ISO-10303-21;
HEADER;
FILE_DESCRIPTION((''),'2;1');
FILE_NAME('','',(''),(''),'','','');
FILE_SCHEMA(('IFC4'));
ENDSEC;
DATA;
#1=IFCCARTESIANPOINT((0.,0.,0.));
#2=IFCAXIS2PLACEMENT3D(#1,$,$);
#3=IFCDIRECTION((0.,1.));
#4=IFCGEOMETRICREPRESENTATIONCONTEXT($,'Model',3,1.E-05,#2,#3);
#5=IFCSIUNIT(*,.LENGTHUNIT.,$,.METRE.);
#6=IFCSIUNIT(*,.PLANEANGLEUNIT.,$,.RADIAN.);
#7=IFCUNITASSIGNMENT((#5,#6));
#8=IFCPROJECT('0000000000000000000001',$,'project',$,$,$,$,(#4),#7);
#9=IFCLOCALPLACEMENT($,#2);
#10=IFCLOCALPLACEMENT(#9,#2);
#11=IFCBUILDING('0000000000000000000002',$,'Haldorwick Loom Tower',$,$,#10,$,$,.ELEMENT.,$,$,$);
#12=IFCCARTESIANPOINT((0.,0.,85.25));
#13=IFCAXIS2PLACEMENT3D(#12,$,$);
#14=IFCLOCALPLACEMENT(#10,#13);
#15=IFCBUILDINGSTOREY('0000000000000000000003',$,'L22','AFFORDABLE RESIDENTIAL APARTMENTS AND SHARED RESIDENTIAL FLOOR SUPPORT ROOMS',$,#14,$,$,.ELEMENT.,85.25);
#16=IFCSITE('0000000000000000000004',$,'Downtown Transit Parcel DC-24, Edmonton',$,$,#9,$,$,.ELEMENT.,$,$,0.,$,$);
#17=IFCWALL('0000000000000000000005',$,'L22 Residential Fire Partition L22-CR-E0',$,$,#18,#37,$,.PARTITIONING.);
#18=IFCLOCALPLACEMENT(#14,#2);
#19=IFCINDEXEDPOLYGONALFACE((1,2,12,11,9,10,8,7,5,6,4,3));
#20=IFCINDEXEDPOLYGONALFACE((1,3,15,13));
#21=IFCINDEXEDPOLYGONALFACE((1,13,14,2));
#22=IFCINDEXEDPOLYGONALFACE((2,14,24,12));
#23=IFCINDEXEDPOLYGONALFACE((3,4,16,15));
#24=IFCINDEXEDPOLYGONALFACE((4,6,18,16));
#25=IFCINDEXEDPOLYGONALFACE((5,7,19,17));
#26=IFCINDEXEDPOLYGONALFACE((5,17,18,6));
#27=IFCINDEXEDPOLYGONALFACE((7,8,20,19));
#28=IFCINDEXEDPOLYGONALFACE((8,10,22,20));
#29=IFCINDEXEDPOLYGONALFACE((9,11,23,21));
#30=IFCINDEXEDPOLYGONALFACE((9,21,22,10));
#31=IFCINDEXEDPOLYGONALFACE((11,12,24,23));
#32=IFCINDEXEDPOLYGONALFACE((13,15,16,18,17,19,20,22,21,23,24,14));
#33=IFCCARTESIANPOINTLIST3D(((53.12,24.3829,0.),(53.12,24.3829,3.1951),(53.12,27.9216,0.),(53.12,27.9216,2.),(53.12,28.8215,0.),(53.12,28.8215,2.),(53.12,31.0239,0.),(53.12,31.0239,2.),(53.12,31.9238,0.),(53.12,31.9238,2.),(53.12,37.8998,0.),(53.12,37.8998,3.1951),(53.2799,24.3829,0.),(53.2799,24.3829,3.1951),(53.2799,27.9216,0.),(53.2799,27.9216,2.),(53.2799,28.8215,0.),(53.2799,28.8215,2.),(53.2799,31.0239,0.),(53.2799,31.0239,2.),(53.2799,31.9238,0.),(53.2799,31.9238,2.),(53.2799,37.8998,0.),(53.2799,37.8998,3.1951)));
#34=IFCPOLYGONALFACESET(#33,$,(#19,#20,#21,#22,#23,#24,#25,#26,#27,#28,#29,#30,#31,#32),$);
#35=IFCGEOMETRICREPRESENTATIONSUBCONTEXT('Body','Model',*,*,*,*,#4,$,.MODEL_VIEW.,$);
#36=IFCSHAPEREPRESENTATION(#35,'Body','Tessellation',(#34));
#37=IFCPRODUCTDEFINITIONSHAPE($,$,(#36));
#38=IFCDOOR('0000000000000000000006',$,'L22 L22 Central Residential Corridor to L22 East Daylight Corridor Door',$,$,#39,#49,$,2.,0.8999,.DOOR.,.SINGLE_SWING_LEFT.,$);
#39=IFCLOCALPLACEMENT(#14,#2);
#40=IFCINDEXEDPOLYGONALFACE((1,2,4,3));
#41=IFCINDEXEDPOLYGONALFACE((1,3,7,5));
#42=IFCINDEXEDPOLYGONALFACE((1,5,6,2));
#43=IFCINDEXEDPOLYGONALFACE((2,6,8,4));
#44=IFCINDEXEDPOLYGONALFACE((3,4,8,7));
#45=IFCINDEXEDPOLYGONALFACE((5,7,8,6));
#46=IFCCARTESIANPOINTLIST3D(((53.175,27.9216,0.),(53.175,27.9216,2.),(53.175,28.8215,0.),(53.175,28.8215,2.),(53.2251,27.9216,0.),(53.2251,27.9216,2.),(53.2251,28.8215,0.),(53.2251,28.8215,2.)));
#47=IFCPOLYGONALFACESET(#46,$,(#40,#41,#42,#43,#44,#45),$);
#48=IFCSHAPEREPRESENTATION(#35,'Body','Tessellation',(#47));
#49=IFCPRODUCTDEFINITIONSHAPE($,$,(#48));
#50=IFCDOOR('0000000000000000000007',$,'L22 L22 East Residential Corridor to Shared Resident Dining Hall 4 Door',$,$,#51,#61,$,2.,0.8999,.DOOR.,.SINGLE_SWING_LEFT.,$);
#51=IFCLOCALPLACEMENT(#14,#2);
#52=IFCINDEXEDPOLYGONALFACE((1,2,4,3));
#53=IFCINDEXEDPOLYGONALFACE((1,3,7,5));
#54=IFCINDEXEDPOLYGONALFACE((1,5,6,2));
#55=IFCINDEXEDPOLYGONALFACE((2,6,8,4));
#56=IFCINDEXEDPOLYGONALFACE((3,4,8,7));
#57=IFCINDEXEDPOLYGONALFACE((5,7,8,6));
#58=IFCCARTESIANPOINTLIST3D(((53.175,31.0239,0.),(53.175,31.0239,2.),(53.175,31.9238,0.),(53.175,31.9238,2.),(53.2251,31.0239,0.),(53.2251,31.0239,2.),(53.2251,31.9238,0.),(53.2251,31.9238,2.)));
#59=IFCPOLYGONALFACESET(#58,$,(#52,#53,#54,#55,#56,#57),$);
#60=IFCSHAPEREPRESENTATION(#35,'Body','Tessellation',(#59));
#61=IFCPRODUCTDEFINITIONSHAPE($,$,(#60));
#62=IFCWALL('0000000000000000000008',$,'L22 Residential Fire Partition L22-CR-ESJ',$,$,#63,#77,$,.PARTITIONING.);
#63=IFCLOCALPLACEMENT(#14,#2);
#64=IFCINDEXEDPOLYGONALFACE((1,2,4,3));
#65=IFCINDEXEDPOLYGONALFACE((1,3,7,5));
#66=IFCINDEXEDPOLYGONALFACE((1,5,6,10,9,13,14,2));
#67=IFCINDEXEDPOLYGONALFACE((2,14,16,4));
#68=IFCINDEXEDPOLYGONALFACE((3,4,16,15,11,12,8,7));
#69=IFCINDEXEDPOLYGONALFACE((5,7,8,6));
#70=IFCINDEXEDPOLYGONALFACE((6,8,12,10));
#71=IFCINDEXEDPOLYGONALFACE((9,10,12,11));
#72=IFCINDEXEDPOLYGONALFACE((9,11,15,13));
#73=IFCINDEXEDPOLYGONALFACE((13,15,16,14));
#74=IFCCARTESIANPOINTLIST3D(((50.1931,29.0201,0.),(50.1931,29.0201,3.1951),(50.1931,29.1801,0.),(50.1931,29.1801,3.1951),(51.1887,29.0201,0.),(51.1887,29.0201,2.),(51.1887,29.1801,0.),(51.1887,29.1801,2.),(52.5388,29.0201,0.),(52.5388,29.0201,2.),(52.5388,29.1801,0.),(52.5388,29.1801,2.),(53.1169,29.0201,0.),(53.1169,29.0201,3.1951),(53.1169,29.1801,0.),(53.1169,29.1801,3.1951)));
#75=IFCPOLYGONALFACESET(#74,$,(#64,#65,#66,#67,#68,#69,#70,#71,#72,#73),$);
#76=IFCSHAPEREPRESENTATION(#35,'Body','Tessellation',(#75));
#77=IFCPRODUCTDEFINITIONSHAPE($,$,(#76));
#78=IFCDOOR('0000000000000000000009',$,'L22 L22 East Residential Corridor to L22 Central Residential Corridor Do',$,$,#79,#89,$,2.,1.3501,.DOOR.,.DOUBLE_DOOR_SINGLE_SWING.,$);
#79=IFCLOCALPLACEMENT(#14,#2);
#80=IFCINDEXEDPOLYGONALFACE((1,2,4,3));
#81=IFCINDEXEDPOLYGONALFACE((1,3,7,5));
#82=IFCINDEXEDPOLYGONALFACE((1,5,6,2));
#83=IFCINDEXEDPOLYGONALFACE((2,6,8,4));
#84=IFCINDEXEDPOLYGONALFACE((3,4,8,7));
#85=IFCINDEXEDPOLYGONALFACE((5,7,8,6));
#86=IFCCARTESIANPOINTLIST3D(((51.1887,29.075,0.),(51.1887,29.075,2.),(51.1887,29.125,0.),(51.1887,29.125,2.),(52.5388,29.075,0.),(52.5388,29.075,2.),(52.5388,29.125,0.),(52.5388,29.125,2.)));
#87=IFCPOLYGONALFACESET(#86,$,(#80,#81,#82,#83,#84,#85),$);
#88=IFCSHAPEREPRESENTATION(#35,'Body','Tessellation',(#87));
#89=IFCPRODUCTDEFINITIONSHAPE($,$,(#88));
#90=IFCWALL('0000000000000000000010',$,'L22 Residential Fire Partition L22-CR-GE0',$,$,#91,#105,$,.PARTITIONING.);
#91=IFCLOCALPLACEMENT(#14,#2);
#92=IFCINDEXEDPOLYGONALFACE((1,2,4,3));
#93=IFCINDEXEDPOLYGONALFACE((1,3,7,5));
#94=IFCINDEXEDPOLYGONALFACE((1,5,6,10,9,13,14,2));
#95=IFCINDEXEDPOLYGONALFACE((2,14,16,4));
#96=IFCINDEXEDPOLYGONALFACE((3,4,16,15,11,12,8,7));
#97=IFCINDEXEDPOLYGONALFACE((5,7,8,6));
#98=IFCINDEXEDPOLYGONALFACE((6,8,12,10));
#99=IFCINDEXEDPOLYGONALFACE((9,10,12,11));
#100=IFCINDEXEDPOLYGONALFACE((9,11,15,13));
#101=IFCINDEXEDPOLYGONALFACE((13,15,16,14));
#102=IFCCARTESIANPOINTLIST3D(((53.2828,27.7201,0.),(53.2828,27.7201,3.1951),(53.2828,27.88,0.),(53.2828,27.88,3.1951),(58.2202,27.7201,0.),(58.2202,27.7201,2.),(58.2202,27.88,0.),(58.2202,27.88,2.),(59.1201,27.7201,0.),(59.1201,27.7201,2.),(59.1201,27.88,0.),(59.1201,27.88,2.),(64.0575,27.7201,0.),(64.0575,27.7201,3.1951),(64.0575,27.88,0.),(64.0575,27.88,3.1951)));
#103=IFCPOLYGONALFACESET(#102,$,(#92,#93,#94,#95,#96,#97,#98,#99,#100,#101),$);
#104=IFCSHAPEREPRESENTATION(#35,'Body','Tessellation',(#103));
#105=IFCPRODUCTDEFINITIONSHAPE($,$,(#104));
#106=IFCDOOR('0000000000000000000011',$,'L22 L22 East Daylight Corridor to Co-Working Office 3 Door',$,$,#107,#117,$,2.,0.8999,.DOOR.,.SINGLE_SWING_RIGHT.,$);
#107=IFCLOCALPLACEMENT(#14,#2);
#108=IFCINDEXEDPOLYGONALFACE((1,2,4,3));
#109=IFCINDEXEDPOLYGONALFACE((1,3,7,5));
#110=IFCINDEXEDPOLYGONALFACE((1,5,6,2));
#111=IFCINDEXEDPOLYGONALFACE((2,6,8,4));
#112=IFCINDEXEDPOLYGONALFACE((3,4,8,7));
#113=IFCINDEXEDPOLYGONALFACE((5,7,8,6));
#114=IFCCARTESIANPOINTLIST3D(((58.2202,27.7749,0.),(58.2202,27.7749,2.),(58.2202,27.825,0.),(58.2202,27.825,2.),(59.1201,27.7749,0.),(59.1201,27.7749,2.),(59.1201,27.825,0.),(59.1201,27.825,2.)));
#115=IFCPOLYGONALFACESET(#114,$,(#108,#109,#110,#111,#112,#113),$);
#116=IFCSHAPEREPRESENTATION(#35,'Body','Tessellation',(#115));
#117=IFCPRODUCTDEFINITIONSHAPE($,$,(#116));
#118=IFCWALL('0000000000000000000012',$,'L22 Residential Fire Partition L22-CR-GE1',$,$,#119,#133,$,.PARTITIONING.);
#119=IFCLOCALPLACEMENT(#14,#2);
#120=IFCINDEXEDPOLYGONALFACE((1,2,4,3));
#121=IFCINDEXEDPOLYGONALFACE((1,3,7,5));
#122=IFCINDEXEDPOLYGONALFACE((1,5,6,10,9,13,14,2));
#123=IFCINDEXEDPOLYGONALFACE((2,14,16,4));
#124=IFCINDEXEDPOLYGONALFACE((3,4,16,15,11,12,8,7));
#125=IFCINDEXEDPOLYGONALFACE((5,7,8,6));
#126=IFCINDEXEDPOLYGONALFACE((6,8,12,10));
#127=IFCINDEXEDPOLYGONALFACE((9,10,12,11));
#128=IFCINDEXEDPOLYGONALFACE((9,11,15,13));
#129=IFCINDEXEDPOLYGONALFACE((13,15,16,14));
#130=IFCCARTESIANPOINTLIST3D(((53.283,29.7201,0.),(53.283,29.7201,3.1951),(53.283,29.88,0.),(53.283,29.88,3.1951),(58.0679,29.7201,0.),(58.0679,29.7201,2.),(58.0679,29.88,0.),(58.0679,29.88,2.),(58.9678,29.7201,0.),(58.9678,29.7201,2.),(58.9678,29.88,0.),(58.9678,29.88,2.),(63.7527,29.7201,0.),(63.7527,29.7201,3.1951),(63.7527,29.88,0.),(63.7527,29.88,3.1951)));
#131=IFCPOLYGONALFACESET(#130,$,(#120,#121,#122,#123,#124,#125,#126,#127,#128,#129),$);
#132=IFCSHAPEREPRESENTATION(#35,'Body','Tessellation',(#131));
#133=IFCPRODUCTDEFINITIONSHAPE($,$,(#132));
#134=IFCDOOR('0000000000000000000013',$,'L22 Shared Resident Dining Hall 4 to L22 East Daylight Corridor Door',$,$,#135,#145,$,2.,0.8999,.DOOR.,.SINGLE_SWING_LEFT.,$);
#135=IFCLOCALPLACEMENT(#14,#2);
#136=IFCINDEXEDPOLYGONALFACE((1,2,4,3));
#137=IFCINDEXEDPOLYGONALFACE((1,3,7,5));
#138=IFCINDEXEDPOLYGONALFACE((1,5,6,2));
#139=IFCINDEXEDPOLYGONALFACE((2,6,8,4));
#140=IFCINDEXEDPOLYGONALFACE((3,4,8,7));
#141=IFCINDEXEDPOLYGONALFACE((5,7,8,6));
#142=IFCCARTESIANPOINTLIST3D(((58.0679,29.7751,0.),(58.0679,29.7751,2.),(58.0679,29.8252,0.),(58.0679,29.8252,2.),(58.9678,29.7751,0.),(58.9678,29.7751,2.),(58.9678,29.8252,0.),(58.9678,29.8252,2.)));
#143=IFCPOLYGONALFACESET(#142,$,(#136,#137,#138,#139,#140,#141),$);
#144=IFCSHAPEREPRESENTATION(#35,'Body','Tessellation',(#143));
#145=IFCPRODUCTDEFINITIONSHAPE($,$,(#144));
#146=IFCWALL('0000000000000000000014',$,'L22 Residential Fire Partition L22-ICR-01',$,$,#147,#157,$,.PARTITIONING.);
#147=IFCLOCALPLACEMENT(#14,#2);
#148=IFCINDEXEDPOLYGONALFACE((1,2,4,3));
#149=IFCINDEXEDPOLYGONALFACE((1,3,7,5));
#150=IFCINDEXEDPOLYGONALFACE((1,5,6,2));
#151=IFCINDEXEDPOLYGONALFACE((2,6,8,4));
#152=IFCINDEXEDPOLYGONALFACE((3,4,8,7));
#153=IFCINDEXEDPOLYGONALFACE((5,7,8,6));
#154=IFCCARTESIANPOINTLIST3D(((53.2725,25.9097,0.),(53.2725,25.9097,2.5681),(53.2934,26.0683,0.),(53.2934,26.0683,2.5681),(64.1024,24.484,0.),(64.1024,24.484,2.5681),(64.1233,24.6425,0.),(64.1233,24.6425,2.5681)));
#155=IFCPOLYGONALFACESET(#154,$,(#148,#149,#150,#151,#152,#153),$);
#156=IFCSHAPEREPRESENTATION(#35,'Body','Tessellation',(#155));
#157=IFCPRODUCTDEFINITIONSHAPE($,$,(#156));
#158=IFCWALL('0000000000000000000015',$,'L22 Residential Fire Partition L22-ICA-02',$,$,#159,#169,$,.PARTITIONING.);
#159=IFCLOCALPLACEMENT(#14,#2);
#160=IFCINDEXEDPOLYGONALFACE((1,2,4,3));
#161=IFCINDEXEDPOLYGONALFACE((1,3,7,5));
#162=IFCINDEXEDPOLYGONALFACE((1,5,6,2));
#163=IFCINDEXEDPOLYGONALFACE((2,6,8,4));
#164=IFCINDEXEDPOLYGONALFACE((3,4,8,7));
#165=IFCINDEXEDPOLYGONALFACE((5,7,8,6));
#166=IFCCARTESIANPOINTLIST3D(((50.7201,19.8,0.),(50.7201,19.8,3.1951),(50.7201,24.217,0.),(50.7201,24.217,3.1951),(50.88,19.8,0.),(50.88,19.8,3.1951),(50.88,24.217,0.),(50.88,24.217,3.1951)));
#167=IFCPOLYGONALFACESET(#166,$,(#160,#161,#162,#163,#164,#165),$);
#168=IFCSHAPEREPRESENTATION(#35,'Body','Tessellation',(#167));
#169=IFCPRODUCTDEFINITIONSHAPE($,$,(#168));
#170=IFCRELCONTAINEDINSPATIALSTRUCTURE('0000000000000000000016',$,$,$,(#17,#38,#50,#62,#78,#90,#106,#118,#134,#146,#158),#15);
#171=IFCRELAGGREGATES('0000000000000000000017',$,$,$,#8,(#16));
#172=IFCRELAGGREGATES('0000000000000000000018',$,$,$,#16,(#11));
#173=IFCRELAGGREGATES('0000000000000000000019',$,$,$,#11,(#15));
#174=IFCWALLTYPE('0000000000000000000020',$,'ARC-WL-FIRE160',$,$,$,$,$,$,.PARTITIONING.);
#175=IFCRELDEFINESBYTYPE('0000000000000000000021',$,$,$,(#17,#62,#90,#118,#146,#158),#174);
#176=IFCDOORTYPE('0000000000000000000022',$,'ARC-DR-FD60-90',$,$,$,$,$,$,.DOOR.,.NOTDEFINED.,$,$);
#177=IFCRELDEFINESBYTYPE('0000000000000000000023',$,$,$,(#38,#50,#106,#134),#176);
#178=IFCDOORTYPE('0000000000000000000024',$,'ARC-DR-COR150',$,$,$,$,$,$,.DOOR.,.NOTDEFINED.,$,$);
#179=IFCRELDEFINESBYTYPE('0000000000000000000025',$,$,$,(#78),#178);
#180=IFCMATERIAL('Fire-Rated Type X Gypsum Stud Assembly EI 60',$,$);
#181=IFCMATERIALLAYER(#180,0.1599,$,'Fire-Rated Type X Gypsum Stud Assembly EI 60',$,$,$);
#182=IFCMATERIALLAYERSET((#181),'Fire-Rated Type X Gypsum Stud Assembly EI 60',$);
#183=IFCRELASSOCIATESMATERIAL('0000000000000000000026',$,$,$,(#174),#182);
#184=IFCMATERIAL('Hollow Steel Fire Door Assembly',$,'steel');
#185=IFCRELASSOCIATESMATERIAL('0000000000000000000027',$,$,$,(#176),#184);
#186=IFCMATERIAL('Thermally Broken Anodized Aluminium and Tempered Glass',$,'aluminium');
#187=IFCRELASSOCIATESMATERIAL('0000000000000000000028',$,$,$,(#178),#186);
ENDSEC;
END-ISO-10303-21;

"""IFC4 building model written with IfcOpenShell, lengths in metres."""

from ifc_helpers import new_model, si_unit, direction, frame, frame_2d, origin, place, context, subcontext, project, spatial, rectangle, extrude, material, layer, layer_set, type_object, element, fill, save


model = new_model("IFC4")

# Units and contexts
model_context = context("Model", 3, precision=1e-05, world=origin(), true_north=direction((0.0, 1.0)))
body_context = subcontext(model_context, "Body", "Model", "MODEL_VIEW")
ifc_project = project(units=[si_unit("LENGTHUNIT", "METRE"), si_unit("PLANEANGLEUNIT", "RADIAN")], contexts=[model_context])

# Site, building, storey
site_placement = place(None, origin())
site = spatial("IfcSite", under=ifc_project, at=site_placement, Name="Downtown Transit Parcel DC-24, Edmonton", CompositionType="ELEMENT", RefElevation=0.0)
building_placement = place(site_placement, origin())
building = spatial("IfcBuilding", under=site, at=building_placement, Name="Haldorwick Loom Tower", CompositionType="ELEMENT")
storey_placement = place(building_placement, frame((0.0, 0.0, 85.25)))
storey = spatial("IfcBuildingStorey", under=building, at=storey_placement, Name="L22", Description="AFFORDABLE RESIDENTIAL APARTMENTS AND SHARED RESIDENTIAL FLOOR SUPPORT ROOMS", CompositionType="ELEMENT", Elevation=85.25)

# Wall, openings, doors
ifc_material_1 = material(Name="Fire-Rated Type X Gypsum Stud Assembly EI 60")
ifc_layer_1 = layer(ifc_material_1, 0.1599, Name="Fire-Rated Type X Gypsum Stud Assembly EI 60")
ifc_layer_set_1 = layer_set([ifc_layer_1], Name="Fire-Rated Type X Gypsum Stud Assembly EI 60")
wall_type_1 = type_object("IfcWallType", Name="ARC-WL-FIRE160", PredefinedType="PARTITIONING", material=ifc_layer_set_1)
wall_1_placement = place(storey_placement, frame((53.2, 24.3831, 0.0), z_axis=(0.0, 0.0, 1.0), x_axis=(0.0, 1.0, 0.0)))
wall_1 = element("IfcWall", 1, at=wall_1_placement, inside=storey, type_object=wall_type_1, Name="L22 Residential Fire Partition L22-CR-E0", PredefinedType="PARTITIONING", context=body_context, shape_type="SweptSolid", body=[
    extrude(rectangle(XDim=13.5168, YDim=0.1599, at=frame_2d((6.7583, 0.0))), origin(), (0.0, 0.0, 1.0), 3.1951),
])
opening_1_placement = place(wall_1_placement, frame((3.5386, 0.0, 0.0)))
opening_1 = element("IfcOpeningElement", 2, at=opening_1_placement, cuts=wall_1, PredefinedType="OPENING", context=body_context, shape_type="SweptSolid", body=[
    extrude(rectangle(XDim=0.8999, YDim=2.0, at=frame_2d((0.45, 1.0))), frame((0.0, 0.0898, 0.0), z_axis=(0.0, -1.0, 0.0), x_axis=(1.0, 0.0, 0.0)), (0.0, 0.0, 1.0), 0.1799),
])
opening_2_placement = place(wall_1_placement, frame((6.6409, 0.0, 0.0)))
opening_2 = element("IfcOpeningElement", 3, at=opening_2_placement, cuts=wall_1, PredefinedType="OPENING", context=body_context, shape_type="SweptSolid", body=[
    extrude(rectangle(XDim=0.8999, YDim=2.0, at=frame_2d((0.45, 1.0))), frame((0.0, 0.0898, 0.0), z_axis=(0.0, -1.0, 0.0), x_axis=(1.0, 0.0, 0.0)), (0.0, 0.0, 1.0), 0.1799),
])
ifc_material_2 = material(Name="Hollow Steel Fire Door Assembly", Category="steel")
door_type_1 = type_object("IfcDoorType", Name="ARC-DR-FD60-90", OperationType="NOTDEFINED", PredefinedType="DOOR", material=ifc_material_2)
door_1_placement = place(opening_1_placement, origin())
door_1 = element("IfcDoor", 4, at=door_1_placement, inside=storey, type_object=door_type_1, Name="L22 L22 Central Residential Corridor to L22 East Daylight Corridor Door", OperationType="SINGLE_SWING_LEFT", OverallHeight=2.0, OverallWidth=0.8999, PredefinedType="DOOR", context=body_context, shape_type="SweptSolid", body=[
    extrude(rectangle(XDim=0.8999, YDim=2.0, at=frame_2d((0.45, 1.0))), frame((0.0, 0.0249, 0.0), z_axis=(0.0, -1.0, 0.0), x_axis=(1.0, 0.0, 0.0)), (0.0, 0.0, 1.0), 0.05),
])
fill(opening_1, door_1)
door_2_placement = place(opening_2_placement, origin())
door_2 = element("IfcDoor", 5, at=door_2_placement, inside=storey, type_object=door_type_1, Name="L22 L22 East Residential Corridor to Shared Resident Dining Hall 4 Door", OperationType="SINGLE_SWING_LEFT", OverallHeight=2.0, OverallWidth=0.8999, PredefinedType="DOOR", context=body_context, shape_type="SweptSolid", body=[
    extrude(rectangle(XDim=0.8999, YDim=2.0, at=frame_2d((0.45, 1.0))), frame((0.0, 0.0249, 0.0), z_axis=(0.0, -1.0, 0.0), x_axis=(1.0, 0.0, 0.0)), (0.0, 0.0, 1.0), 0.05),
])
fill(opening_2, door_2)

# Walls, openings, doors
wall_2_placement = place(storey_placement, frame((50.1931, 29.1001, 0.0), z_axis=(0.0, 0.0, 1.0), x_axis=(1.0, 0.0, 0.0)))
wall_2 = element("IfcWall", 6, at=wall_2_placement, inside=storey, type_object=wall_type_1, Name="L22 Residential Fire Partition L22-CR-ESJ", PredefinedType="PARTITIONING", context=body_context, shape_type="SweptSolid", body=[
    extrude(rectangle(XDim=2.9238, YDim=0.1599, at=frame_2d((1.4619, 0.0))), origin(), (0.0, 0.0, 1.0), 3.1951),
])
opening_3_placement = place(wall_2_placement, frame((0.9956, 0.0, 0.0)))
opening_3 = element("IfcOpeningElement", 7, at=opening_3_placement, cuts=wall_2, PredefinedType="OPENING", context=body_context, shape_type="SweptSolid", body=[
    extrude(rectangle(XDim=1.3501, YDim=2.0, at=frame_2d((0.675, 1.0))), frame((0.0, 0.0898, 0.0), z_axis=(0.0, -1.0, 0.0), x_axis=(1.0, 0.0, 0.0)), (0.0, 0.0, 1.0), 0.1799),
])
ifc_material_3 = material(Name="Thermally Broken Anodized Aluminium and Tempered Glass", Category="aluminium")
door_type_2 = type_object("IfcDoorType", Name="ARC-DR-COR150", OperationType="NOTDEFINED", PredefinedType="DOOR", material=ifc_material_3)
door_3_placement = place(opening_3_placement, origin())
door_3 = element("IfcDoor", 8, at=door_3_placement, inside=storey, type_object=door_type_2, Name="L22 L22 East Residential Corridor to L22 Central Residential Corridor Do", OperationType="DOUBLE_DOOR_SINGLE_SWING", OverallHeight=2.0, OverallWidth=1.3501, PredefinedType="DOOR", context=body_context, shape_type="SweptSolid", body=[
    extrude(rectangle(XDim=1.3501, YDim=2.0, at=frame_2d((0.675, 1.0))), frame((0.0, 0.0249, 0.0), z_axis=(0.0, -1.0, 0.0), x_axis=(1.0, 0.0, 0.0)), (0.0, 0.0, 1.0), 0.05),
])
fill(opening_3, door_3)
wall_3_placement = place(storey_placement, frame((53.283, 27.8, 0.0), z_axis=(0.0, 0.0, 1.0), x_axis=(1.0, 0.0, 0.0)))
wall_3 = element("IfcWall", 9, at=wall_3_placement, inside=storey, type_object=wall_type_1, Name="L22 Residential Fire Partition L22-CR-GE0", PredefinedType="PARTITIONING", context=body_context, shape_type="SweptSolid", body=[
    extrude(rectangle(XDim=10.7747, YDim=0.1599, at=frame_2d((5.3872, 0.0))), origin(), (0.0, 0.0, 1.0), 3.1951),
])
opening_4_placement = place(wall_3_placement, frame((4.9373, 0.0, 0.0)))
opening_4 = element("IfcOpeningElement", 10, at=opening_4_placement, cuts=wall_3, PredefinedType="OPENING", context=body_context, shape_type="SweptSolid", body=[
    extrude(rectangle(XDim=0.8999, YDim=2.0, at=frame_2d((0.45, 1.0))), frame((0.0, 0.0898, 0.0), z_axis=(0.0, -1.0, 0.0), x_axis=(1.0, 0.0, 0.0)), (0.0, 0.0, 1.0), 0.1799),
])
door_4_placement = place(opening_4_placement, origin())
door_4 = element("IfcDoor", 11, at=door_4_placement, inside=storey, type_object=door_type_1, Name="L22 L22 East Daylight Corridor to Co-Working Office 3 Door", OperationType="SINGLE_SWING_RIGHT", OverallHeight=2.0, OverallWidth=0.8999, PredefinedType="DOOR", context=body_context, shape_type="SweptSolid", body=[
    extrude(rectangle(XDim=0.8999, YDim=2.0, at=frame_2d((0.45, 1.0))), frame((0.0, 0.0249, 0.0), z_axis=(0.0, -1.0, 0.0), x_axis=(1.0, 0.0, 0.0)), (0.0, 0.0, 1.0), 0.05),
])
fill(opening_4, door_4)
wall_4_placement = place(storey_placement, frame((53.283, 29.8, 0.0), z_axis=(0.0, 0.0, 1.0), x_axis=(1.0, 0.0, 0.0)))
wall_4 = element("IfcWall", 12, at=wall_4_placement, inside=storey, type_object=wall_type_1, Name="L22 Residential Fire Partition L22-CR-GE1", PredefinedType="PARTITIONING", context=body_context, shape_type="SweptSolid", body=[
    extrude(rectangle(XDim=10.4697, YDim=0.1599, at=frame_2d((5.2349, 0.0))), origin(), (0.0, 0.0, 1.0), 3.1951),
])
opening_5_placement = place(wall_4_placement, frame((4.7849, 0.0, 0.0)))
opening_5 = element("IfcOpeningElement", 13, at=opening_5_placement, cuts=wall_4, PredefinedType="OPENING", context=body_context, shape_type="SweptSolid", body=[
    extrude(rectangle(XDim=0.8999, YDim=2.0, at=frame_2d((0.45, 1.0))), frame((0.0, 0.0898, 0.0), z_axis=(0.0, -1.0, 0.0), x_axis=(1.0, 0.0, 0.0)), (0.0, 0.0, 1.0), 0.1799),
])
door_5_placement = place(opening_5_placement, frame((0.8999, 0.0, 0.0), z_axis=(0.0, 0.0, 1.0), x_axis=(-1.0, 0.0, 0.0)))
door_5 = element("IfcDoor", 14, at=door_5_placement, inside=storey, type_object=door_type_1, Name="L22 Shared Resident Dining Hall 4 to L22 East Daylight Corridor Door", OperationType="SINGLE_SWING_LEFT", OverallHeight=2.0, OverallWidth=0.8999, PredefinedType="DOOR", context=body_context, shape_type="SweptSolid", body=[
    extrude(rectangle(XDim=0.8999, YDim=2.0, at=frame_2d((0.45, 1.0))), frame((0.0, 0.0249, 0.0), z_axis=(0.0, -1.0, 0.0), x_axis=(1.0, 0.0, 0.0)), (0.0, 0.0, 1.0), 0.05),
])
fill(opening_5, door_5)

# Walls
wall_5_placement = place(storey_placement, frame((53.283, 25.989, 0.0), z_axis=(0.0, 0.0, 1.0), x_axis=(0.991445, -0.130527, 0.0)))
element("IfcWall", 15, at=wall_5_placement, inside=storey, type_object=wall_type_1, Name="L22 Residential Fire Partition L22-ICR-01", PredefinedType="PARTITIONING", context=body_context, shape_type="SweptSolid", body=[
    extrude(rectangle(XDim=10.9233, YDim=0.1599, at=frame_2d((5.4617, 0.0))), origin(), (0.0, 0.0, 1.0), 2.5681),
])
wall_6_placement = place(storey_placement, frame((50.8, 24.217, 0.0), z_axis=(0.0, 0.0, 1.0), x_axis=(0.0, -1.0, 0.0)))
element("IfcWall", 16, at=wall_6_placement, inside=storey, type_object=wall_type_1, Name="L22 Residential Fire Partition L22-ICA-02", PredefinedType="PARTITIONING", context=body_context, shape_type="SweptSolid", body=[
    extrude(rectangle(XDim=4.417, YDim=0.1599, at=frame_2d((2.2085, 0.0))), origin(), (0.0, 0.0, 1.0), 3.1951),
])

save(model, "model.ifc")
